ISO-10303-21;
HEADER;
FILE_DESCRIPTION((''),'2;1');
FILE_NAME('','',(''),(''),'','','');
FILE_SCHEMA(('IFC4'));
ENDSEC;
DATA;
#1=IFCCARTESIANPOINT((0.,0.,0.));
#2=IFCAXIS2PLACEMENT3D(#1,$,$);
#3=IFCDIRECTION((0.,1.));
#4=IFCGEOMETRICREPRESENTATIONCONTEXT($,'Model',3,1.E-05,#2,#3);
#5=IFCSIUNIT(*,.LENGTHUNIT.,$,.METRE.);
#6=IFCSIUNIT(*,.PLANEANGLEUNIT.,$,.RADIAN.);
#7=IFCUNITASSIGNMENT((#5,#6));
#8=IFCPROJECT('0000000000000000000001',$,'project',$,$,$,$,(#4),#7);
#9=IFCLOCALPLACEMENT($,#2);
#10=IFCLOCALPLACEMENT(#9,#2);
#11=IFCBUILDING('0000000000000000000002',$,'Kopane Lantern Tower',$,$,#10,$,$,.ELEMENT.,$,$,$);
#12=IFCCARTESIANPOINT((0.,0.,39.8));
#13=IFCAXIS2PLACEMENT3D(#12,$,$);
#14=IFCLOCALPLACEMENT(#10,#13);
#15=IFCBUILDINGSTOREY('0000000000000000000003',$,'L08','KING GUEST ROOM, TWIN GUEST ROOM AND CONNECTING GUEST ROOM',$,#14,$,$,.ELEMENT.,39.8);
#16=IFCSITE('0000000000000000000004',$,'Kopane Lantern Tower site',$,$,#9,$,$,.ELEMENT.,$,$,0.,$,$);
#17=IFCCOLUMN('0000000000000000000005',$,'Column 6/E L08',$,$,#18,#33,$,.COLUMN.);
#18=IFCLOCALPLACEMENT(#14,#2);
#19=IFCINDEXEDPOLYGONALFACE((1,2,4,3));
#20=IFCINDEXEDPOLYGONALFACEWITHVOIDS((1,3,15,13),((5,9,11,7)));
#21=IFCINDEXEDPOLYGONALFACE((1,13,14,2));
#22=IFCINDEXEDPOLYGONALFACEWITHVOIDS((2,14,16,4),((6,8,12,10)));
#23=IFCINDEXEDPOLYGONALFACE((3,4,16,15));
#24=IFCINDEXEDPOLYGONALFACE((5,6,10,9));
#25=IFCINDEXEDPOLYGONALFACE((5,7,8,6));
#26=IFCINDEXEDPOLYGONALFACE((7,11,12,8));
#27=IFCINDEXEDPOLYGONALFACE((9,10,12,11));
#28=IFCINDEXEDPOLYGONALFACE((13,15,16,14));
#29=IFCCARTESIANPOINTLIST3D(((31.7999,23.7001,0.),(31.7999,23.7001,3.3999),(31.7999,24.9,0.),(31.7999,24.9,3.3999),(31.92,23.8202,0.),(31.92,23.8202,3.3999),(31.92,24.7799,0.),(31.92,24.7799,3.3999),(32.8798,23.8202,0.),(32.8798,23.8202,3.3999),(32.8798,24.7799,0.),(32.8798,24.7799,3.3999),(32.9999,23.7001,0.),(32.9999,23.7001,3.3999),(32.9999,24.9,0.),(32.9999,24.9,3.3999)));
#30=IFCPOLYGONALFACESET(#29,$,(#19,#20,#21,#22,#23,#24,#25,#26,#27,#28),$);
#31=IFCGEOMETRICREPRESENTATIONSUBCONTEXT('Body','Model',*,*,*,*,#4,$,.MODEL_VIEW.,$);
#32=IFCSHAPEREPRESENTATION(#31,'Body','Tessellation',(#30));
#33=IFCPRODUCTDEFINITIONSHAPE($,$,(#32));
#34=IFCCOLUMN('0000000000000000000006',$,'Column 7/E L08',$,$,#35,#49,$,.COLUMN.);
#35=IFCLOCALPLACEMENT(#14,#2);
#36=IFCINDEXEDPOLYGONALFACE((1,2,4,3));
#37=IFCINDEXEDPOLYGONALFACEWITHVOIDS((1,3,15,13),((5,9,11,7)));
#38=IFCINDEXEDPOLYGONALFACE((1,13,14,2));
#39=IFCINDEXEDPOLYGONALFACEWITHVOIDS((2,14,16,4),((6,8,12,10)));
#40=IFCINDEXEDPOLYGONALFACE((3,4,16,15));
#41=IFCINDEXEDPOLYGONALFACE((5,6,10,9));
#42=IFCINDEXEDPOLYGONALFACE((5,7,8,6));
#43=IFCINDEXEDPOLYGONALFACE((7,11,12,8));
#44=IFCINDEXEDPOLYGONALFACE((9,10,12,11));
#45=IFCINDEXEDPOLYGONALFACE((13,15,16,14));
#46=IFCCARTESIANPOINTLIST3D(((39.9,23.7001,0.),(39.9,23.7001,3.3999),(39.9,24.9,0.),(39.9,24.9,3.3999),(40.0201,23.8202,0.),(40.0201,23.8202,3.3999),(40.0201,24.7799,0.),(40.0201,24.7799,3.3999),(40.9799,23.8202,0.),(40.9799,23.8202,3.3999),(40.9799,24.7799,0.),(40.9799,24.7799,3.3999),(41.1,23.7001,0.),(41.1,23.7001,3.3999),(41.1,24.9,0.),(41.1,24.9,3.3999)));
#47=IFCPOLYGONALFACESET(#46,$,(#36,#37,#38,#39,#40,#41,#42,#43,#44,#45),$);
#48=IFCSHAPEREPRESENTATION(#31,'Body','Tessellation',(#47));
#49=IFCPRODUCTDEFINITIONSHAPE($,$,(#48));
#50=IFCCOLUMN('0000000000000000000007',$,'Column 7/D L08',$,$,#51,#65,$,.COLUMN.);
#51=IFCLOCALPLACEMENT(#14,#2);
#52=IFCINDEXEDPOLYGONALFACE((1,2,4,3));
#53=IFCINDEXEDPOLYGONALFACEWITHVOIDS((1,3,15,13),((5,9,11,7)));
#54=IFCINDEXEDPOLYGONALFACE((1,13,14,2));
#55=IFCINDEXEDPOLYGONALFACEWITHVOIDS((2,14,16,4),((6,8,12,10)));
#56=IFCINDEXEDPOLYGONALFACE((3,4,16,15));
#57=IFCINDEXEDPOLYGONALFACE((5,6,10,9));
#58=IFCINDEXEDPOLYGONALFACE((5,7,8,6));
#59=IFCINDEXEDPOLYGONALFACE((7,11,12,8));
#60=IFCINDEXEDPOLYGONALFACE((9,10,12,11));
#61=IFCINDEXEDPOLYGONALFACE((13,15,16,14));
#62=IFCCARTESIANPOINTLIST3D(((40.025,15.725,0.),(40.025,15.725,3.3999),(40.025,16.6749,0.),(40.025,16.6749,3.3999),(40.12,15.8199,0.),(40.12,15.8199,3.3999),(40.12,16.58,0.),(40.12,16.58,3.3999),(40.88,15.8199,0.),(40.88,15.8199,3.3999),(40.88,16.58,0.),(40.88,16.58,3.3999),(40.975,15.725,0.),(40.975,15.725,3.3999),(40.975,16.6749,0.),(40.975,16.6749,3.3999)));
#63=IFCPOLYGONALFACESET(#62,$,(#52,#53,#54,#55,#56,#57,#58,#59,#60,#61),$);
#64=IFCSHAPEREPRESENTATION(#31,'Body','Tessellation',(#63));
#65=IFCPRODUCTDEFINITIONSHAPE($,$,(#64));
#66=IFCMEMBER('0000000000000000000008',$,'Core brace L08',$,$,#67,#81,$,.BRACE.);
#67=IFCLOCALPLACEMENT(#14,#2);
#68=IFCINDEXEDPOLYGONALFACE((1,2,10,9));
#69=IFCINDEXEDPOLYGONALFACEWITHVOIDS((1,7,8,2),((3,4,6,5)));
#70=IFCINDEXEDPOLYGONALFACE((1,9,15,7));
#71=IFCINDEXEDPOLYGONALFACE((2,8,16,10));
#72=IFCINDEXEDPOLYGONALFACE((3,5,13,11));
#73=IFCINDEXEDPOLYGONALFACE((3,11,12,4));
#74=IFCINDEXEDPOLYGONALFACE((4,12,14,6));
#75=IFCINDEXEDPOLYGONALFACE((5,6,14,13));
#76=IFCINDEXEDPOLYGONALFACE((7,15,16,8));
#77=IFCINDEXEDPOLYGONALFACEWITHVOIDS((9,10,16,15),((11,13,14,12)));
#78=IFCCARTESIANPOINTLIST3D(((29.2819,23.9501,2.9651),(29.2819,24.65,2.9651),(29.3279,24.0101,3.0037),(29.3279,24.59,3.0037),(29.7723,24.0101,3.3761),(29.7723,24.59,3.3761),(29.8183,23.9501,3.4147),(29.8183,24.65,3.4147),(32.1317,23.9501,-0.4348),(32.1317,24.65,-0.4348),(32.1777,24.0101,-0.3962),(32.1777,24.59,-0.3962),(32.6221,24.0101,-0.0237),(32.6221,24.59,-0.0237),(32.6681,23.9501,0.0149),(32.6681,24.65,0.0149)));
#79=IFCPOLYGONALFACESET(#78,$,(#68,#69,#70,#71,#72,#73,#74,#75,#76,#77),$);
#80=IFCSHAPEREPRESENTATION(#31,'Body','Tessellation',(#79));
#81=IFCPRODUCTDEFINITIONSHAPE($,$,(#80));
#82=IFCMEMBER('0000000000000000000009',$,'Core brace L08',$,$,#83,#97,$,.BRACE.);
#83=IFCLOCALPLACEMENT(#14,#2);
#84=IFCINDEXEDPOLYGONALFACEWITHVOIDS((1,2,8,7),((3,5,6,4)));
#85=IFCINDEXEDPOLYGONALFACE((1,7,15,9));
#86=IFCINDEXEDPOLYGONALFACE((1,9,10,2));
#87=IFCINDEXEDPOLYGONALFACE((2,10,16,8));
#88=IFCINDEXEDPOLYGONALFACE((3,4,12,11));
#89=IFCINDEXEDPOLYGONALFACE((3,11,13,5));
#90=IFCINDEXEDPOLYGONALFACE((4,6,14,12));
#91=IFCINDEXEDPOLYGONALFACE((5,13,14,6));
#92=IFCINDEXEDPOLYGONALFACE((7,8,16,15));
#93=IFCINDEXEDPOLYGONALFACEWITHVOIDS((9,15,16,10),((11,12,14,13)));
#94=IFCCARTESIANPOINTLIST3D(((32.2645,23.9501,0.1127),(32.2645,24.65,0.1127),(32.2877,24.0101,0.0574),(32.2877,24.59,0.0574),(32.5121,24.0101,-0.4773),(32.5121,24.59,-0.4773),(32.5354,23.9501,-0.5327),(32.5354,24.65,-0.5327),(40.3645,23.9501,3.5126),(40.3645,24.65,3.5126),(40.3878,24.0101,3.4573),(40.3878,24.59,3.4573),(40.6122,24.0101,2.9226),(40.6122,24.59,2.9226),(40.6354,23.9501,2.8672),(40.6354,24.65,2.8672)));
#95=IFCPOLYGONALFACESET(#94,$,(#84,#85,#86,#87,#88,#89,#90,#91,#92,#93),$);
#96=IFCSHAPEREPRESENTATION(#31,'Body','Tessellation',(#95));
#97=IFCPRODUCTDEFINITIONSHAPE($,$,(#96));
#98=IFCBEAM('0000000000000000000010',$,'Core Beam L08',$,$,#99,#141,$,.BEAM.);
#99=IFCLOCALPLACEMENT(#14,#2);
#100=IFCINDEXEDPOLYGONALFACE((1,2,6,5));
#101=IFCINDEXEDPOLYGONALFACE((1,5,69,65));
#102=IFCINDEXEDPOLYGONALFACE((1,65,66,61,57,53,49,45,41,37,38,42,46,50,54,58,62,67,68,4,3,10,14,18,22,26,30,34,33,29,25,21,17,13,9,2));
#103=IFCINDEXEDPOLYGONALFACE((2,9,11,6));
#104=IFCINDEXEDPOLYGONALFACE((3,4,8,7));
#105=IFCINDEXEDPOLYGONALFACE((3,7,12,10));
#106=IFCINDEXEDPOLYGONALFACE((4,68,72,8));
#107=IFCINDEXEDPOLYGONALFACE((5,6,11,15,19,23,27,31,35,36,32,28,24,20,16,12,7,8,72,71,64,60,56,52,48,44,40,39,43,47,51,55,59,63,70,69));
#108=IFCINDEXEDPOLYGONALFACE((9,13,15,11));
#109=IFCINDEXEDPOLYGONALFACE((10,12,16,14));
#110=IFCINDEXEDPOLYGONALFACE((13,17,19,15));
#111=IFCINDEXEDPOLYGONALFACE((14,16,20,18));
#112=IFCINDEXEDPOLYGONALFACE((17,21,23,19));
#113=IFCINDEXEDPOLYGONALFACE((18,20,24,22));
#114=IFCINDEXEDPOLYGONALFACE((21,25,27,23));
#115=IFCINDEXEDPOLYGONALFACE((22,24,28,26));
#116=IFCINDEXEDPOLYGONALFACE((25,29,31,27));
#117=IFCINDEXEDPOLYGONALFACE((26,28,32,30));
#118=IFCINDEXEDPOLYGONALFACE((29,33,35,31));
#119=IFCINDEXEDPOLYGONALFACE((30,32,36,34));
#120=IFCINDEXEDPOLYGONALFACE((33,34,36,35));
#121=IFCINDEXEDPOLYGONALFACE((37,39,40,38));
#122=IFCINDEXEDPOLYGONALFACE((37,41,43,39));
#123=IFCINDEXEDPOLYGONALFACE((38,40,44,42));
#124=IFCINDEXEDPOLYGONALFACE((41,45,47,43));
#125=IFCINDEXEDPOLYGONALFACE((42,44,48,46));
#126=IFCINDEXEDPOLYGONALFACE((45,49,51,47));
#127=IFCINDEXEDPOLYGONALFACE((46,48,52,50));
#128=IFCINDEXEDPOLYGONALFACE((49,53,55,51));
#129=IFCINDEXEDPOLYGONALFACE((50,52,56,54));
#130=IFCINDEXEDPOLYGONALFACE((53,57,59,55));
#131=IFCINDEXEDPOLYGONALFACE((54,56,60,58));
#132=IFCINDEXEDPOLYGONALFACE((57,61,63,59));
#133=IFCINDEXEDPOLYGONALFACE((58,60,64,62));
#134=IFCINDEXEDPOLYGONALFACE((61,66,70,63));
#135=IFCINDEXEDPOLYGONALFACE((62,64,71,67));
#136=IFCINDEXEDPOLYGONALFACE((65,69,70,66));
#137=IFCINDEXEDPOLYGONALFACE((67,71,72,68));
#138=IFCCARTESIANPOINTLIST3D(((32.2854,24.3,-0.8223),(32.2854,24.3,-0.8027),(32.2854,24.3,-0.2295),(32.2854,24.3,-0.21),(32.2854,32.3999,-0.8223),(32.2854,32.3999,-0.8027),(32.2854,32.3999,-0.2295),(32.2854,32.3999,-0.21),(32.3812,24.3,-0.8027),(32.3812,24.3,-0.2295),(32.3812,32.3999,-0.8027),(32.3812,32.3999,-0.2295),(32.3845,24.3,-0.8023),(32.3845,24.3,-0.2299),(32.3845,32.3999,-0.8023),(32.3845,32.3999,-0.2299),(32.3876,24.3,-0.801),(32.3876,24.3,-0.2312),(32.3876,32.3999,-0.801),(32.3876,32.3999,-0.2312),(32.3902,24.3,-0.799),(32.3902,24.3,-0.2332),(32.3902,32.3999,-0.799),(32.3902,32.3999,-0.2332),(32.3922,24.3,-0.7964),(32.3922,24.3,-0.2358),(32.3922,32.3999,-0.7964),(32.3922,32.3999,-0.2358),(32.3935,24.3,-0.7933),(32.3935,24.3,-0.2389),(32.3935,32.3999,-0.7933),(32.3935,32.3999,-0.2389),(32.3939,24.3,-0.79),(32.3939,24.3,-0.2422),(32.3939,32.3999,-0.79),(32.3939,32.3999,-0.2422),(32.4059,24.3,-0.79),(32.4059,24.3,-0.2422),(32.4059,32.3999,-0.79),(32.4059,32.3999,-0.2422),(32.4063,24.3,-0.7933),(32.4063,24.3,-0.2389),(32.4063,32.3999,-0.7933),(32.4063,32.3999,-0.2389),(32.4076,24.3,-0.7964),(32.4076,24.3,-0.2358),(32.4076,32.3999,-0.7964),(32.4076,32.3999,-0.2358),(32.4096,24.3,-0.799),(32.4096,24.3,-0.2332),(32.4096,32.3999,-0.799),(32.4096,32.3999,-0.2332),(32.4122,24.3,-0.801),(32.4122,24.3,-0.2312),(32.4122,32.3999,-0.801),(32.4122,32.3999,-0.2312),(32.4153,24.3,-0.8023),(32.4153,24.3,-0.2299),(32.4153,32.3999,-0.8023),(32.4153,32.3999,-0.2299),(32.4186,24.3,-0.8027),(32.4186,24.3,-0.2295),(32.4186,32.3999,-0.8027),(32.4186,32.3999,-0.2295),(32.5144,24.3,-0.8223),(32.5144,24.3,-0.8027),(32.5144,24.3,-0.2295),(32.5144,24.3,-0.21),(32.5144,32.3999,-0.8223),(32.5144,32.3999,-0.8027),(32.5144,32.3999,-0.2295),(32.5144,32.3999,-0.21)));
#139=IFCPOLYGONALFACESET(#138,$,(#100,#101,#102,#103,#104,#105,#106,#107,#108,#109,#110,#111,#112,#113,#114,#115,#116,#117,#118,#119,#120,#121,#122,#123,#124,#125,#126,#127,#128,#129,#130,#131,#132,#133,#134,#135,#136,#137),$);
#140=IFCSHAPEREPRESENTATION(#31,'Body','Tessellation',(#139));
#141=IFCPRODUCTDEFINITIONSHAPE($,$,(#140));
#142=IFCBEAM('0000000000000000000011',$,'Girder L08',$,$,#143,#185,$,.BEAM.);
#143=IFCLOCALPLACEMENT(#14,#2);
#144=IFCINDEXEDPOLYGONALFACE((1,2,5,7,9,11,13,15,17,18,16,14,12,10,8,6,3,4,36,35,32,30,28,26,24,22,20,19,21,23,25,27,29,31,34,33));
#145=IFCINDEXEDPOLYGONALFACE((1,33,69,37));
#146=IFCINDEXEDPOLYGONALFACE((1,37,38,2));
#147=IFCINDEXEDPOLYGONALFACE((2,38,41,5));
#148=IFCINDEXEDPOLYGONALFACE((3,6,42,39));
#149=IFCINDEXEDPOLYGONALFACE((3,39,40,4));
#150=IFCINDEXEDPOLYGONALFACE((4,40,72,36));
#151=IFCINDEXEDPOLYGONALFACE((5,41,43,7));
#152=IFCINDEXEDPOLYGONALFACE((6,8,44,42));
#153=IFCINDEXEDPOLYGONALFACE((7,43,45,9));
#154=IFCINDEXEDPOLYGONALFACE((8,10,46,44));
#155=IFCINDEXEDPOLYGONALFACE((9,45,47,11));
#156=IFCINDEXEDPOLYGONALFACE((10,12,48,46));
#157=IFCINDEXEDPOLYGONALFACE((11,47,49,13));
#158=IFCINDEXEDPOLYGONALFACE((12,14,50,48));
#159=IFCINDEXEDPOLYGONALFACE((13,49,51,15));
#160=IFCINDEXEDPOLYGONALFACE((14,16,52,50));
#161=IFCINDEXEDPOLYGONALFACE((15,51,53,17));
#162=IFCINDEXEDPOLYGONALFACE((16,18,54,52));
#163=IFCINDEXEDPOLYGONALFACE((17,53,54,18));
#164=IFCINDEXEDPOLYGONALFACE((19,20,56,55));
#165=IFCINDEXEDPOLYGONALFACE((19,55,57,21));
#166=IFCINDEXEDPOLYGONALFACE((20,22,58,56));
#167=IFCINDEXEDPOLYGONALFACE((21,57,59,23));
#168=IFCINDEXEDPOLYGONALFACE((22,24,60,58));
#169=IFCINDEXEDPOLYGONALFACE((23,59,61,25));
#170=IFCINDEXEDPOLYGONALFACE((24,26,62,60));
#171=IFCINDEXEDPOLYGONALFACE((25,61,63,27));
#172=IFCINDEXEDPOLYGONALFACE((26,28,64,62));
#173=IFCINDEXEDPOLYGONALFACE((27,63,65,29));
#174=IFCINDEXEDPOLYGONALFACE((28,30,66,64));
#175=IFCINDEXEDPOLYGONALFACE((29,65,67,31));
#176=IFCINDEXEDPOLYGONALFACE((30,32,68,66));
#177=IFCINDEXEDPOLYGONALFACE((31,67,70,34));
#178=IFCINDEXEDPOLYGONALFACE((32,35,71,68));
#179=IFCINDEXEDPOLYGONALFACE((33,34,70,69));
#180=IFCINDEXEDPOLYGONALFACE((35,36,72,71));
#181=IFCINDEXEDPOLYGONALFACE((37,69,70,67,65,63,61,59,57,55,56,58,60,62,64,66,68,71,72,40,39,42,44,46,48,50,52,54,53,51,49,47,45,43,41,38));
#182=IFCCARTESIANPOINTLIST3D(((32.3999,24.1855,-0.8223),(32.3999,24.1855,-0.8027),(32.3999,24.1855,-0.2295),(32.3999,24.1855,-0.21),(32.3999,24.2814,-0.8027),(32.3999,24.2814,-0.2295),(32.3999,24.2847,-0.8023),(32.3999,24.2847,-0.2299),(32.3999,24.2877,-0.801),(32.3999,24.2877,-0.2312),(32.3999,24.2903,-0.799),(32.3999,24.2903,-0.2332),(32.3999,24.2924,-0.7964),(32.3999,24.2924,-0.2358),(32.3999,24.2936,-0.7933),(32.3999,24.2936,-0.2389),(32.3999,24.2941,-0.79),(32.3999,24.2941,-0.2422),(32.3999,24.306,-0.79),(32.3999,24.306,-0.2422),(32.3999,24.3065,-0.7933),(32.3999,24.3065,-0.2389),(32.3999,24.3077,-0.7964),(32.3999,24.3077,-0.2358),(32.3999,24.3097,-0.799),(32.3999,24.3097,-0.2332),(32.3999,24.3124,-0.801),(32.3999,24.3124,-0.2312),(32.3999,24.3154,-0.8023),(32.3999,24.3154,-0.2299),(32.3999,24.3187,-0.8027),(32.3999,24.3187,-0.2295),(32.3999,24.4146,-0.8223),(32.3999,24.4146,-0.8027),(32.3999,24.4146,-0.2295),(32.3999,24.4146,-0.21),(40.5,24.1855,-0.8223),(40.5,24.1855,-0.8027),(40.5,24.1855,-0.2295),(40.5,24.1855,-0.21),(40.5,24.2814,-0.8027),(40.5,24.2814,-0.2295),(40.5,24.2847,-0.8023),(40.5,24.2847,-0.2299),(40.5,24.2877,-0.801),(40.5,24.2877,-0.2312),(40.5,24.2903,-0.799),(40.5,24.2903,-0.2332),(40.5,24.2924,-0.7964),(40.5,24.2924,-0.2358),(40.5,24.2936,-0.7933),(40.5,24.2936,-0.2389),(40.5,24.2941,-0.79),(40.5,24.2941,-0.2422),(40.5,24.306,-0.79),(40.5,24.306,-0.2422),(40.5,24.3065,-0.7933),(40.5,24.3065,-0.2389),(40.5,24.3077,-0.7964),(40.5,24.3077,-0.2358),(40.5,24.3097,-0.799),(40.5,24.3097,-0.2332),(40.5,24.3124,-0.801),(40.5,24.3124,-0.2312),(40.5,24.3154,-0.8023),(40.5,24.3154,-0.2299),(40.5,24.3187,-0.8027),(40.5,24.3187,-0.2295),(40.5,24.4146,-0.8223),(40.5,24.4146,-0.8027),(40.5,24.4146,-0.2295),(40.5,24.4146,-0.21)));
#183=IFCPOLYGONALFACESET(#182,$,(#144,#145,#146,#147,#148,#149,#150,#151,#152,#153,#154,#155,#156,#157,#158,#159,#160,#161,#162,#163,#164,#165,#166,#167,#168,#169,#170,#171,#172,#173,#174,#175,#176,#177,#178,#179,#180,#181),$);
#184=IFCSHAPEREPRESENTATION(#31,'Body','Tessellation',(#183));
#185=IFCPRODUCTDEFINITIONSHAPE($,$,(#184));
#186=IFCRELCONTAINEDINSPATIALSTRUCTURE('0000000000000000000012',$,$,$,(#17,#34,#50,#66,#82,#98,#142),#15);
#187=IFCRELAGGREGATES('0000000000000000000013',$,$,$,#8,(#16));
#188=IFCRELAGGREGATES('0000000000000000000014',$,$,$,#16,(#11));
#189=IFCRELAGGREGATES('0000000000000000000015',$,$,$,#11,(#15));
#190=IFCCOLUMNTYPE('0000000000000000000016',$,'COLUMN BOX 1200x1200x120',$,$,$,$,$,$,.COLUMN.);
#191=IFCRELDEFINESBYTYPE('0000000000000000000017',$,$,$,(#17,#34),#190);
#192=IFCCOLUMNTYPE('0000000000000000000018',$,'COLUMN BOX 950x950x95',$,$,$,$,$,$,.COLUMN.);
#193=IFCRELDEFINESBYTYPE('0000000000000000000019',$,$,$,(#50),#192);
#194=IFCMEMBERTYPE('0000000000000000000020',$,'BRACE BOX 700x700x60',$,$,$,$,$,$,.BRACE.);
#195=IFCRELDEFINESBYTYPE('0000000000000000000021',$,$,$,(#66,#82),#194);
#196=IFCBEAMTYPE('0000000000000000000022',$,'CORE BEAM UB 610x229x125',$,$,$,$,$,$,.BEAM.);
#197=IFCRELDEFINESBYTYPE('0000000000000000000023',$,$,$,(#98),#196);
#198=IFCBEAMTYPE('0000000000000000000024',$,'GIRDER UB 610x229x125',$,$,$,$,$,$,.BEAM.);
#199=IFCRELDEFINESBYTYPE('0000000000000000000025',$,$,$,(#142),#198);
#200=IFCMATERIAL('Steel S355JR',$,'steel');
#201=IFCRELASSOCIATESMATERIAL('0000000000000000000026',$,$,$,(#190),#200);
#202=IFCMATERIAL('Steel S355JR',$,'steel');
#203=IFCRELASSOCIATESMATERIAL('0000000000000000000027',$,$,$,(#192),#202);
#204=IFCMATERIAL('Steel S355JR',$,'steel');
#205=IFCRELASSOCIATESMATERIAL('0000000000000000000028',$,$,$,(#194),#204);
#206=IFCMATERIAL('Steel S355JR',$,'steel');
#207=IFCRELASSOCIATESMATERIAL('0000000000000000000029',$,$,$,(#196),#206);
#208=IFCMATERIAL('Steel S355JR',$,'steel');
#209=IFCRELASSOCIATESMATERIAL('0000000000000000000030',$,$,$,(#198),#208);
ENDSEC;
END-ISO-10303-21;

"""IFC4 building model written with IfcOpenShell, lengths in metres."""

from ifc_helpers import new_model, si_unit, direction, frame, origin, origin_2d, place, context, subcontext, project, spatial, hollow_rectangle, i_section, extrude, material, material_profile, profile_set, type_object, element, save


model = new_model("IFC4")

# Units and contexts
model_context = context("Model", 3, precision=1e-05, world=origin(), true_north=direction((0.0, 1.0)))
body_context = subcontext(model_context, "Body", "Model", "MODEL_VIEW")
ifc_project = project(units=[si_unit("LENGTHUNIT", "METRE"), si_unit("PLANEANGLEUNIT", "RADIAN")], contexts=[model_context])

# Site, building, storey
site_placement = place(None, origin())
site = spatial("IfcSite", under=ifc_project, at=site_placement, Name="Kopane Lantern Tower site", CompositionType="ELEMENT", RefElevation=0.0)
building_placement = place(site_placement, origin())
building = spatial("IfcBuilding", under=site, at=building_placement, Name="Kopane Lantern Tower", CompositionType="ELEMENT")
storey_placement = place(building_placement, frame((0.0, 0.0, 39.8)))
storey = spatial("IfcBuildingStorey", under=building, at=storey_placement, Name="L08", Description="KING GUEST ROOM, TWIN GUEST ROOM AND CONNECTING GUEST ROOM", CompositionType="ELEMENT", Elevation=39.8)

# Columns
ifc_material_1 = material(Name="Steel S355JR", Category="steel")
ifc_material_profile_1 = material_profile(ifc_material_1, hollow_rectangle(XDim=1.2, YDim=1.2, WallThickness=0.1201, at=origin_2d()), Name="BOX 1200x1200x120")
ifc_profile_set_1 = profile_set([ifc_material_profile_1], Name="Steel S355JR")
column_type_1 = type_object("IfcColumnType", Name="COLUMN BOX 1200x1200x120", PredefinedType="COLUMN", material=ifc_profile_set_1)
for number, where, z_axis, x_axis, name in (
    (1, (32.3999, 24.3, 0.0), (0.0, 0.0, 1.0), (1.0, 0.0, 0.0), "Column 6/E L08"),
    (2, (40.5, 24.3, 0.0), (0.0, 0.0, 1.0), (1.0, 0.0, 0.0), "Column 7/E L08"),
):
    element("IfcColumn", number, at=place(storey_placement, frame(where, z_axis=z_axis, x_axis=x_axis)), inside=storey, type_object=column_type_1, Name=name, PredefinedType="COLUMN", context=body_context, shape_type="SweptSolid", body=[
        extrude(hollow_rectangle(XDim=1.2, YDim=1.2, WallThickness=0.1201, at=origin_2d()), origin(), (0.0, 0.0, 1.0), 3.3999),
    ])
ifc_material_2 = material(Name="Steel S355JR", Category="steel")
ifc_material_profile_2 = material_profile(ifc_material_2, hollow_rectangle(XDim=0.95, YDim=0.95, WallThickness=0.095, at=origin_2d()), Name="BOX 950x950x95")
ifc_profile_set_2 = profile_set([ifc_material_profile_2], Name="Steel S355JR")
column_type_2 = type_object("IfcColumnType", Name="COLUMN BOX 950x950x95", PredefinedType="COLUMN", material=ifc_profile_set_2)
column_placement = place(storey_placement, frame((40.5, 16.2, 0.0), z_axis=(0.0, 0.0, 1.0), x_axis=(1.0, 0.0, 0.0)))
element("IfcColumn", 3, at=column_placement, inside=storey, type_object=column_type_2, Name="Column 7/D L08", PredefinedType="COLUMN", context=body_context, shape_type="SweptSolid", body=[
    extrude(hollow_rectangle(XDim=0.95, YDim=0.95, WallThickness=0.095, at=origin_2d()), origin(), (0.0, 0.0, 1.0), 3.3999),
])

# Members
ifc_material_3 = material(Name="Steel S355JR", Category="steel")
ifc_material_profile_3 = material_profile(ifc_material_3, hollow_rectangle(XDim=0.7, YDim=0.7, WallThickness=0.0601, at=origin_2d()), Name="BOX 700x700x60")
ifc_profile_set_3 = profile_set([ifc_material_profile_3], Name="Steel S355JR")
member_type = type_object("IfcMemberType", Name="BRACE BOX 700x700x60", PredefinedType="BRACE", material=ifc_profile_set_3)
member_1_placement = place(storey_placement, frame((32.3999, 24.3, -0.21), z_axis=(-0.64239, 0.0, 0.766378), x_axis=(0.0, -1.0, 0.0)))
element("IfcMember", 4, at=member_1_placement, inside=storey, type_object=member_type, Name="Core brace L08", PredefinedType="BRACE", context=body_context, shape_type="SweptSolid", body=[
    extrude(hollow_rectangle(XDim=0.7, YDim=0.7, WallThickness=0.0601, at=origin_2d()), origin(), (0.0, 0.0, 1.0), 4.4363),
])
member_2_placement = place(storey_placement, frame((32.3999, 24.3, -0.21), z_axis=(0.922069, 0.0, 0.387026), x_axis=(0.0, 1.0, 0.0)))
element("IfcMember", 5, at=member_2_placement, inside=storey, type_object=member_type, Name="Core brace L08", PredefinedType="BRACE", context=body_context, shape_type="SweptSolid", body=[
    extrude(hollow_rectangle(XDim=0.7, YDim=0.7, WallThickness=0.0601, at=origin_2d()), origin(), (0.0, 0.0, 1.0), 8.7847),
])

# Beams
ifc_material_4 = material(Name="Steel S355JR", Category="steel")
ifc_material_profile_4 = material_profile(ifc_material_4, i_section(OverallWidth=0.229, OverallDepth=0.6123, WebThickness=0.012, FlangeThickness=0.0195, FilletRadius=0.0127, at=origin_2d()), Name="UB 610x229x125")
ifc_profile_set_4 = profile_set([ifc_material_profile_4], Name="Steel S355JR")
beam_type_1 = type_object("IfcBeamType", Name="CORE BEAM UB 610x229x125", PredefinedType="BEAM", material=ifc_profile_set_4)
beam_1_placement = place(storey_placement, frame((32.3999, 24.3, -0.5161), z_axis=(0.0, 1.0, 0.0), x_axis=(-1.0, 0.0, 0.0)))
element("IfcBeam", 6, at=beam_1_placement, inside=storey, type_object=beam_type_1, Name="Core Beam L08", PredefinedType="BEAM", context=body_context, shape_type="SweptSolid", body=[
    extrude(i_section(OverallWidth=0.229, OverallDepth=0.6123, WebThickness=0.012, FlangeThickness=0.0195, FilletRadius=0.0127, at=origin_2d()), origin(), (0.0, 0.0, 1.0), 8.0999),
])
ifc_material_5 = material(Name="Steel S355JR", Category="steel")
ifc_material_profile_5 = material_profile(ifc_material_5, i_section(OverallWidth=0.229, OverallDepth=0.6123, WebThickness=0.012, FlangeThickness=0.0195, FilletRadius=0.0127, at=origin_2d()), Name="UB 610x229x125")
ifc_profile_set_5 = profile_set([ifc_material_profile_5], Name="Steel S355JR")
beam_type_2 = type_object("IfcBeamType", Name="GIRDER UB 610x229x125", PredefinedType="BEAM", material=ifc_profile_set_5)
for number, where, z_axis, x_axis, name in (
    (7, (32.3999, 24.3, -0.5161), (1.0, 0.0, 0.0), (0.0, 1.0, 0.0), "Girder L08"),
):
    element("IfcBeam", number, at=place(storey_placement, frame(where, z_axis=z_axis, x_axis=x_axis)), inside=storey, type_object=beam_type_2, Name=name, PredefinedType="BEAM", context=body_context, shape_type="SweptSolid", body=[
        extrude(i_section(OverallWidth=0.229, OverallDepth=0.6123, WebThickness=0.012, FlangeThickness=0.0195, FilletRadius=0.0127, at=origin_2d()), origin(), (0.0, 0.0, 1.0), 8.1001),
    ])

save(model, "model.ifc")
